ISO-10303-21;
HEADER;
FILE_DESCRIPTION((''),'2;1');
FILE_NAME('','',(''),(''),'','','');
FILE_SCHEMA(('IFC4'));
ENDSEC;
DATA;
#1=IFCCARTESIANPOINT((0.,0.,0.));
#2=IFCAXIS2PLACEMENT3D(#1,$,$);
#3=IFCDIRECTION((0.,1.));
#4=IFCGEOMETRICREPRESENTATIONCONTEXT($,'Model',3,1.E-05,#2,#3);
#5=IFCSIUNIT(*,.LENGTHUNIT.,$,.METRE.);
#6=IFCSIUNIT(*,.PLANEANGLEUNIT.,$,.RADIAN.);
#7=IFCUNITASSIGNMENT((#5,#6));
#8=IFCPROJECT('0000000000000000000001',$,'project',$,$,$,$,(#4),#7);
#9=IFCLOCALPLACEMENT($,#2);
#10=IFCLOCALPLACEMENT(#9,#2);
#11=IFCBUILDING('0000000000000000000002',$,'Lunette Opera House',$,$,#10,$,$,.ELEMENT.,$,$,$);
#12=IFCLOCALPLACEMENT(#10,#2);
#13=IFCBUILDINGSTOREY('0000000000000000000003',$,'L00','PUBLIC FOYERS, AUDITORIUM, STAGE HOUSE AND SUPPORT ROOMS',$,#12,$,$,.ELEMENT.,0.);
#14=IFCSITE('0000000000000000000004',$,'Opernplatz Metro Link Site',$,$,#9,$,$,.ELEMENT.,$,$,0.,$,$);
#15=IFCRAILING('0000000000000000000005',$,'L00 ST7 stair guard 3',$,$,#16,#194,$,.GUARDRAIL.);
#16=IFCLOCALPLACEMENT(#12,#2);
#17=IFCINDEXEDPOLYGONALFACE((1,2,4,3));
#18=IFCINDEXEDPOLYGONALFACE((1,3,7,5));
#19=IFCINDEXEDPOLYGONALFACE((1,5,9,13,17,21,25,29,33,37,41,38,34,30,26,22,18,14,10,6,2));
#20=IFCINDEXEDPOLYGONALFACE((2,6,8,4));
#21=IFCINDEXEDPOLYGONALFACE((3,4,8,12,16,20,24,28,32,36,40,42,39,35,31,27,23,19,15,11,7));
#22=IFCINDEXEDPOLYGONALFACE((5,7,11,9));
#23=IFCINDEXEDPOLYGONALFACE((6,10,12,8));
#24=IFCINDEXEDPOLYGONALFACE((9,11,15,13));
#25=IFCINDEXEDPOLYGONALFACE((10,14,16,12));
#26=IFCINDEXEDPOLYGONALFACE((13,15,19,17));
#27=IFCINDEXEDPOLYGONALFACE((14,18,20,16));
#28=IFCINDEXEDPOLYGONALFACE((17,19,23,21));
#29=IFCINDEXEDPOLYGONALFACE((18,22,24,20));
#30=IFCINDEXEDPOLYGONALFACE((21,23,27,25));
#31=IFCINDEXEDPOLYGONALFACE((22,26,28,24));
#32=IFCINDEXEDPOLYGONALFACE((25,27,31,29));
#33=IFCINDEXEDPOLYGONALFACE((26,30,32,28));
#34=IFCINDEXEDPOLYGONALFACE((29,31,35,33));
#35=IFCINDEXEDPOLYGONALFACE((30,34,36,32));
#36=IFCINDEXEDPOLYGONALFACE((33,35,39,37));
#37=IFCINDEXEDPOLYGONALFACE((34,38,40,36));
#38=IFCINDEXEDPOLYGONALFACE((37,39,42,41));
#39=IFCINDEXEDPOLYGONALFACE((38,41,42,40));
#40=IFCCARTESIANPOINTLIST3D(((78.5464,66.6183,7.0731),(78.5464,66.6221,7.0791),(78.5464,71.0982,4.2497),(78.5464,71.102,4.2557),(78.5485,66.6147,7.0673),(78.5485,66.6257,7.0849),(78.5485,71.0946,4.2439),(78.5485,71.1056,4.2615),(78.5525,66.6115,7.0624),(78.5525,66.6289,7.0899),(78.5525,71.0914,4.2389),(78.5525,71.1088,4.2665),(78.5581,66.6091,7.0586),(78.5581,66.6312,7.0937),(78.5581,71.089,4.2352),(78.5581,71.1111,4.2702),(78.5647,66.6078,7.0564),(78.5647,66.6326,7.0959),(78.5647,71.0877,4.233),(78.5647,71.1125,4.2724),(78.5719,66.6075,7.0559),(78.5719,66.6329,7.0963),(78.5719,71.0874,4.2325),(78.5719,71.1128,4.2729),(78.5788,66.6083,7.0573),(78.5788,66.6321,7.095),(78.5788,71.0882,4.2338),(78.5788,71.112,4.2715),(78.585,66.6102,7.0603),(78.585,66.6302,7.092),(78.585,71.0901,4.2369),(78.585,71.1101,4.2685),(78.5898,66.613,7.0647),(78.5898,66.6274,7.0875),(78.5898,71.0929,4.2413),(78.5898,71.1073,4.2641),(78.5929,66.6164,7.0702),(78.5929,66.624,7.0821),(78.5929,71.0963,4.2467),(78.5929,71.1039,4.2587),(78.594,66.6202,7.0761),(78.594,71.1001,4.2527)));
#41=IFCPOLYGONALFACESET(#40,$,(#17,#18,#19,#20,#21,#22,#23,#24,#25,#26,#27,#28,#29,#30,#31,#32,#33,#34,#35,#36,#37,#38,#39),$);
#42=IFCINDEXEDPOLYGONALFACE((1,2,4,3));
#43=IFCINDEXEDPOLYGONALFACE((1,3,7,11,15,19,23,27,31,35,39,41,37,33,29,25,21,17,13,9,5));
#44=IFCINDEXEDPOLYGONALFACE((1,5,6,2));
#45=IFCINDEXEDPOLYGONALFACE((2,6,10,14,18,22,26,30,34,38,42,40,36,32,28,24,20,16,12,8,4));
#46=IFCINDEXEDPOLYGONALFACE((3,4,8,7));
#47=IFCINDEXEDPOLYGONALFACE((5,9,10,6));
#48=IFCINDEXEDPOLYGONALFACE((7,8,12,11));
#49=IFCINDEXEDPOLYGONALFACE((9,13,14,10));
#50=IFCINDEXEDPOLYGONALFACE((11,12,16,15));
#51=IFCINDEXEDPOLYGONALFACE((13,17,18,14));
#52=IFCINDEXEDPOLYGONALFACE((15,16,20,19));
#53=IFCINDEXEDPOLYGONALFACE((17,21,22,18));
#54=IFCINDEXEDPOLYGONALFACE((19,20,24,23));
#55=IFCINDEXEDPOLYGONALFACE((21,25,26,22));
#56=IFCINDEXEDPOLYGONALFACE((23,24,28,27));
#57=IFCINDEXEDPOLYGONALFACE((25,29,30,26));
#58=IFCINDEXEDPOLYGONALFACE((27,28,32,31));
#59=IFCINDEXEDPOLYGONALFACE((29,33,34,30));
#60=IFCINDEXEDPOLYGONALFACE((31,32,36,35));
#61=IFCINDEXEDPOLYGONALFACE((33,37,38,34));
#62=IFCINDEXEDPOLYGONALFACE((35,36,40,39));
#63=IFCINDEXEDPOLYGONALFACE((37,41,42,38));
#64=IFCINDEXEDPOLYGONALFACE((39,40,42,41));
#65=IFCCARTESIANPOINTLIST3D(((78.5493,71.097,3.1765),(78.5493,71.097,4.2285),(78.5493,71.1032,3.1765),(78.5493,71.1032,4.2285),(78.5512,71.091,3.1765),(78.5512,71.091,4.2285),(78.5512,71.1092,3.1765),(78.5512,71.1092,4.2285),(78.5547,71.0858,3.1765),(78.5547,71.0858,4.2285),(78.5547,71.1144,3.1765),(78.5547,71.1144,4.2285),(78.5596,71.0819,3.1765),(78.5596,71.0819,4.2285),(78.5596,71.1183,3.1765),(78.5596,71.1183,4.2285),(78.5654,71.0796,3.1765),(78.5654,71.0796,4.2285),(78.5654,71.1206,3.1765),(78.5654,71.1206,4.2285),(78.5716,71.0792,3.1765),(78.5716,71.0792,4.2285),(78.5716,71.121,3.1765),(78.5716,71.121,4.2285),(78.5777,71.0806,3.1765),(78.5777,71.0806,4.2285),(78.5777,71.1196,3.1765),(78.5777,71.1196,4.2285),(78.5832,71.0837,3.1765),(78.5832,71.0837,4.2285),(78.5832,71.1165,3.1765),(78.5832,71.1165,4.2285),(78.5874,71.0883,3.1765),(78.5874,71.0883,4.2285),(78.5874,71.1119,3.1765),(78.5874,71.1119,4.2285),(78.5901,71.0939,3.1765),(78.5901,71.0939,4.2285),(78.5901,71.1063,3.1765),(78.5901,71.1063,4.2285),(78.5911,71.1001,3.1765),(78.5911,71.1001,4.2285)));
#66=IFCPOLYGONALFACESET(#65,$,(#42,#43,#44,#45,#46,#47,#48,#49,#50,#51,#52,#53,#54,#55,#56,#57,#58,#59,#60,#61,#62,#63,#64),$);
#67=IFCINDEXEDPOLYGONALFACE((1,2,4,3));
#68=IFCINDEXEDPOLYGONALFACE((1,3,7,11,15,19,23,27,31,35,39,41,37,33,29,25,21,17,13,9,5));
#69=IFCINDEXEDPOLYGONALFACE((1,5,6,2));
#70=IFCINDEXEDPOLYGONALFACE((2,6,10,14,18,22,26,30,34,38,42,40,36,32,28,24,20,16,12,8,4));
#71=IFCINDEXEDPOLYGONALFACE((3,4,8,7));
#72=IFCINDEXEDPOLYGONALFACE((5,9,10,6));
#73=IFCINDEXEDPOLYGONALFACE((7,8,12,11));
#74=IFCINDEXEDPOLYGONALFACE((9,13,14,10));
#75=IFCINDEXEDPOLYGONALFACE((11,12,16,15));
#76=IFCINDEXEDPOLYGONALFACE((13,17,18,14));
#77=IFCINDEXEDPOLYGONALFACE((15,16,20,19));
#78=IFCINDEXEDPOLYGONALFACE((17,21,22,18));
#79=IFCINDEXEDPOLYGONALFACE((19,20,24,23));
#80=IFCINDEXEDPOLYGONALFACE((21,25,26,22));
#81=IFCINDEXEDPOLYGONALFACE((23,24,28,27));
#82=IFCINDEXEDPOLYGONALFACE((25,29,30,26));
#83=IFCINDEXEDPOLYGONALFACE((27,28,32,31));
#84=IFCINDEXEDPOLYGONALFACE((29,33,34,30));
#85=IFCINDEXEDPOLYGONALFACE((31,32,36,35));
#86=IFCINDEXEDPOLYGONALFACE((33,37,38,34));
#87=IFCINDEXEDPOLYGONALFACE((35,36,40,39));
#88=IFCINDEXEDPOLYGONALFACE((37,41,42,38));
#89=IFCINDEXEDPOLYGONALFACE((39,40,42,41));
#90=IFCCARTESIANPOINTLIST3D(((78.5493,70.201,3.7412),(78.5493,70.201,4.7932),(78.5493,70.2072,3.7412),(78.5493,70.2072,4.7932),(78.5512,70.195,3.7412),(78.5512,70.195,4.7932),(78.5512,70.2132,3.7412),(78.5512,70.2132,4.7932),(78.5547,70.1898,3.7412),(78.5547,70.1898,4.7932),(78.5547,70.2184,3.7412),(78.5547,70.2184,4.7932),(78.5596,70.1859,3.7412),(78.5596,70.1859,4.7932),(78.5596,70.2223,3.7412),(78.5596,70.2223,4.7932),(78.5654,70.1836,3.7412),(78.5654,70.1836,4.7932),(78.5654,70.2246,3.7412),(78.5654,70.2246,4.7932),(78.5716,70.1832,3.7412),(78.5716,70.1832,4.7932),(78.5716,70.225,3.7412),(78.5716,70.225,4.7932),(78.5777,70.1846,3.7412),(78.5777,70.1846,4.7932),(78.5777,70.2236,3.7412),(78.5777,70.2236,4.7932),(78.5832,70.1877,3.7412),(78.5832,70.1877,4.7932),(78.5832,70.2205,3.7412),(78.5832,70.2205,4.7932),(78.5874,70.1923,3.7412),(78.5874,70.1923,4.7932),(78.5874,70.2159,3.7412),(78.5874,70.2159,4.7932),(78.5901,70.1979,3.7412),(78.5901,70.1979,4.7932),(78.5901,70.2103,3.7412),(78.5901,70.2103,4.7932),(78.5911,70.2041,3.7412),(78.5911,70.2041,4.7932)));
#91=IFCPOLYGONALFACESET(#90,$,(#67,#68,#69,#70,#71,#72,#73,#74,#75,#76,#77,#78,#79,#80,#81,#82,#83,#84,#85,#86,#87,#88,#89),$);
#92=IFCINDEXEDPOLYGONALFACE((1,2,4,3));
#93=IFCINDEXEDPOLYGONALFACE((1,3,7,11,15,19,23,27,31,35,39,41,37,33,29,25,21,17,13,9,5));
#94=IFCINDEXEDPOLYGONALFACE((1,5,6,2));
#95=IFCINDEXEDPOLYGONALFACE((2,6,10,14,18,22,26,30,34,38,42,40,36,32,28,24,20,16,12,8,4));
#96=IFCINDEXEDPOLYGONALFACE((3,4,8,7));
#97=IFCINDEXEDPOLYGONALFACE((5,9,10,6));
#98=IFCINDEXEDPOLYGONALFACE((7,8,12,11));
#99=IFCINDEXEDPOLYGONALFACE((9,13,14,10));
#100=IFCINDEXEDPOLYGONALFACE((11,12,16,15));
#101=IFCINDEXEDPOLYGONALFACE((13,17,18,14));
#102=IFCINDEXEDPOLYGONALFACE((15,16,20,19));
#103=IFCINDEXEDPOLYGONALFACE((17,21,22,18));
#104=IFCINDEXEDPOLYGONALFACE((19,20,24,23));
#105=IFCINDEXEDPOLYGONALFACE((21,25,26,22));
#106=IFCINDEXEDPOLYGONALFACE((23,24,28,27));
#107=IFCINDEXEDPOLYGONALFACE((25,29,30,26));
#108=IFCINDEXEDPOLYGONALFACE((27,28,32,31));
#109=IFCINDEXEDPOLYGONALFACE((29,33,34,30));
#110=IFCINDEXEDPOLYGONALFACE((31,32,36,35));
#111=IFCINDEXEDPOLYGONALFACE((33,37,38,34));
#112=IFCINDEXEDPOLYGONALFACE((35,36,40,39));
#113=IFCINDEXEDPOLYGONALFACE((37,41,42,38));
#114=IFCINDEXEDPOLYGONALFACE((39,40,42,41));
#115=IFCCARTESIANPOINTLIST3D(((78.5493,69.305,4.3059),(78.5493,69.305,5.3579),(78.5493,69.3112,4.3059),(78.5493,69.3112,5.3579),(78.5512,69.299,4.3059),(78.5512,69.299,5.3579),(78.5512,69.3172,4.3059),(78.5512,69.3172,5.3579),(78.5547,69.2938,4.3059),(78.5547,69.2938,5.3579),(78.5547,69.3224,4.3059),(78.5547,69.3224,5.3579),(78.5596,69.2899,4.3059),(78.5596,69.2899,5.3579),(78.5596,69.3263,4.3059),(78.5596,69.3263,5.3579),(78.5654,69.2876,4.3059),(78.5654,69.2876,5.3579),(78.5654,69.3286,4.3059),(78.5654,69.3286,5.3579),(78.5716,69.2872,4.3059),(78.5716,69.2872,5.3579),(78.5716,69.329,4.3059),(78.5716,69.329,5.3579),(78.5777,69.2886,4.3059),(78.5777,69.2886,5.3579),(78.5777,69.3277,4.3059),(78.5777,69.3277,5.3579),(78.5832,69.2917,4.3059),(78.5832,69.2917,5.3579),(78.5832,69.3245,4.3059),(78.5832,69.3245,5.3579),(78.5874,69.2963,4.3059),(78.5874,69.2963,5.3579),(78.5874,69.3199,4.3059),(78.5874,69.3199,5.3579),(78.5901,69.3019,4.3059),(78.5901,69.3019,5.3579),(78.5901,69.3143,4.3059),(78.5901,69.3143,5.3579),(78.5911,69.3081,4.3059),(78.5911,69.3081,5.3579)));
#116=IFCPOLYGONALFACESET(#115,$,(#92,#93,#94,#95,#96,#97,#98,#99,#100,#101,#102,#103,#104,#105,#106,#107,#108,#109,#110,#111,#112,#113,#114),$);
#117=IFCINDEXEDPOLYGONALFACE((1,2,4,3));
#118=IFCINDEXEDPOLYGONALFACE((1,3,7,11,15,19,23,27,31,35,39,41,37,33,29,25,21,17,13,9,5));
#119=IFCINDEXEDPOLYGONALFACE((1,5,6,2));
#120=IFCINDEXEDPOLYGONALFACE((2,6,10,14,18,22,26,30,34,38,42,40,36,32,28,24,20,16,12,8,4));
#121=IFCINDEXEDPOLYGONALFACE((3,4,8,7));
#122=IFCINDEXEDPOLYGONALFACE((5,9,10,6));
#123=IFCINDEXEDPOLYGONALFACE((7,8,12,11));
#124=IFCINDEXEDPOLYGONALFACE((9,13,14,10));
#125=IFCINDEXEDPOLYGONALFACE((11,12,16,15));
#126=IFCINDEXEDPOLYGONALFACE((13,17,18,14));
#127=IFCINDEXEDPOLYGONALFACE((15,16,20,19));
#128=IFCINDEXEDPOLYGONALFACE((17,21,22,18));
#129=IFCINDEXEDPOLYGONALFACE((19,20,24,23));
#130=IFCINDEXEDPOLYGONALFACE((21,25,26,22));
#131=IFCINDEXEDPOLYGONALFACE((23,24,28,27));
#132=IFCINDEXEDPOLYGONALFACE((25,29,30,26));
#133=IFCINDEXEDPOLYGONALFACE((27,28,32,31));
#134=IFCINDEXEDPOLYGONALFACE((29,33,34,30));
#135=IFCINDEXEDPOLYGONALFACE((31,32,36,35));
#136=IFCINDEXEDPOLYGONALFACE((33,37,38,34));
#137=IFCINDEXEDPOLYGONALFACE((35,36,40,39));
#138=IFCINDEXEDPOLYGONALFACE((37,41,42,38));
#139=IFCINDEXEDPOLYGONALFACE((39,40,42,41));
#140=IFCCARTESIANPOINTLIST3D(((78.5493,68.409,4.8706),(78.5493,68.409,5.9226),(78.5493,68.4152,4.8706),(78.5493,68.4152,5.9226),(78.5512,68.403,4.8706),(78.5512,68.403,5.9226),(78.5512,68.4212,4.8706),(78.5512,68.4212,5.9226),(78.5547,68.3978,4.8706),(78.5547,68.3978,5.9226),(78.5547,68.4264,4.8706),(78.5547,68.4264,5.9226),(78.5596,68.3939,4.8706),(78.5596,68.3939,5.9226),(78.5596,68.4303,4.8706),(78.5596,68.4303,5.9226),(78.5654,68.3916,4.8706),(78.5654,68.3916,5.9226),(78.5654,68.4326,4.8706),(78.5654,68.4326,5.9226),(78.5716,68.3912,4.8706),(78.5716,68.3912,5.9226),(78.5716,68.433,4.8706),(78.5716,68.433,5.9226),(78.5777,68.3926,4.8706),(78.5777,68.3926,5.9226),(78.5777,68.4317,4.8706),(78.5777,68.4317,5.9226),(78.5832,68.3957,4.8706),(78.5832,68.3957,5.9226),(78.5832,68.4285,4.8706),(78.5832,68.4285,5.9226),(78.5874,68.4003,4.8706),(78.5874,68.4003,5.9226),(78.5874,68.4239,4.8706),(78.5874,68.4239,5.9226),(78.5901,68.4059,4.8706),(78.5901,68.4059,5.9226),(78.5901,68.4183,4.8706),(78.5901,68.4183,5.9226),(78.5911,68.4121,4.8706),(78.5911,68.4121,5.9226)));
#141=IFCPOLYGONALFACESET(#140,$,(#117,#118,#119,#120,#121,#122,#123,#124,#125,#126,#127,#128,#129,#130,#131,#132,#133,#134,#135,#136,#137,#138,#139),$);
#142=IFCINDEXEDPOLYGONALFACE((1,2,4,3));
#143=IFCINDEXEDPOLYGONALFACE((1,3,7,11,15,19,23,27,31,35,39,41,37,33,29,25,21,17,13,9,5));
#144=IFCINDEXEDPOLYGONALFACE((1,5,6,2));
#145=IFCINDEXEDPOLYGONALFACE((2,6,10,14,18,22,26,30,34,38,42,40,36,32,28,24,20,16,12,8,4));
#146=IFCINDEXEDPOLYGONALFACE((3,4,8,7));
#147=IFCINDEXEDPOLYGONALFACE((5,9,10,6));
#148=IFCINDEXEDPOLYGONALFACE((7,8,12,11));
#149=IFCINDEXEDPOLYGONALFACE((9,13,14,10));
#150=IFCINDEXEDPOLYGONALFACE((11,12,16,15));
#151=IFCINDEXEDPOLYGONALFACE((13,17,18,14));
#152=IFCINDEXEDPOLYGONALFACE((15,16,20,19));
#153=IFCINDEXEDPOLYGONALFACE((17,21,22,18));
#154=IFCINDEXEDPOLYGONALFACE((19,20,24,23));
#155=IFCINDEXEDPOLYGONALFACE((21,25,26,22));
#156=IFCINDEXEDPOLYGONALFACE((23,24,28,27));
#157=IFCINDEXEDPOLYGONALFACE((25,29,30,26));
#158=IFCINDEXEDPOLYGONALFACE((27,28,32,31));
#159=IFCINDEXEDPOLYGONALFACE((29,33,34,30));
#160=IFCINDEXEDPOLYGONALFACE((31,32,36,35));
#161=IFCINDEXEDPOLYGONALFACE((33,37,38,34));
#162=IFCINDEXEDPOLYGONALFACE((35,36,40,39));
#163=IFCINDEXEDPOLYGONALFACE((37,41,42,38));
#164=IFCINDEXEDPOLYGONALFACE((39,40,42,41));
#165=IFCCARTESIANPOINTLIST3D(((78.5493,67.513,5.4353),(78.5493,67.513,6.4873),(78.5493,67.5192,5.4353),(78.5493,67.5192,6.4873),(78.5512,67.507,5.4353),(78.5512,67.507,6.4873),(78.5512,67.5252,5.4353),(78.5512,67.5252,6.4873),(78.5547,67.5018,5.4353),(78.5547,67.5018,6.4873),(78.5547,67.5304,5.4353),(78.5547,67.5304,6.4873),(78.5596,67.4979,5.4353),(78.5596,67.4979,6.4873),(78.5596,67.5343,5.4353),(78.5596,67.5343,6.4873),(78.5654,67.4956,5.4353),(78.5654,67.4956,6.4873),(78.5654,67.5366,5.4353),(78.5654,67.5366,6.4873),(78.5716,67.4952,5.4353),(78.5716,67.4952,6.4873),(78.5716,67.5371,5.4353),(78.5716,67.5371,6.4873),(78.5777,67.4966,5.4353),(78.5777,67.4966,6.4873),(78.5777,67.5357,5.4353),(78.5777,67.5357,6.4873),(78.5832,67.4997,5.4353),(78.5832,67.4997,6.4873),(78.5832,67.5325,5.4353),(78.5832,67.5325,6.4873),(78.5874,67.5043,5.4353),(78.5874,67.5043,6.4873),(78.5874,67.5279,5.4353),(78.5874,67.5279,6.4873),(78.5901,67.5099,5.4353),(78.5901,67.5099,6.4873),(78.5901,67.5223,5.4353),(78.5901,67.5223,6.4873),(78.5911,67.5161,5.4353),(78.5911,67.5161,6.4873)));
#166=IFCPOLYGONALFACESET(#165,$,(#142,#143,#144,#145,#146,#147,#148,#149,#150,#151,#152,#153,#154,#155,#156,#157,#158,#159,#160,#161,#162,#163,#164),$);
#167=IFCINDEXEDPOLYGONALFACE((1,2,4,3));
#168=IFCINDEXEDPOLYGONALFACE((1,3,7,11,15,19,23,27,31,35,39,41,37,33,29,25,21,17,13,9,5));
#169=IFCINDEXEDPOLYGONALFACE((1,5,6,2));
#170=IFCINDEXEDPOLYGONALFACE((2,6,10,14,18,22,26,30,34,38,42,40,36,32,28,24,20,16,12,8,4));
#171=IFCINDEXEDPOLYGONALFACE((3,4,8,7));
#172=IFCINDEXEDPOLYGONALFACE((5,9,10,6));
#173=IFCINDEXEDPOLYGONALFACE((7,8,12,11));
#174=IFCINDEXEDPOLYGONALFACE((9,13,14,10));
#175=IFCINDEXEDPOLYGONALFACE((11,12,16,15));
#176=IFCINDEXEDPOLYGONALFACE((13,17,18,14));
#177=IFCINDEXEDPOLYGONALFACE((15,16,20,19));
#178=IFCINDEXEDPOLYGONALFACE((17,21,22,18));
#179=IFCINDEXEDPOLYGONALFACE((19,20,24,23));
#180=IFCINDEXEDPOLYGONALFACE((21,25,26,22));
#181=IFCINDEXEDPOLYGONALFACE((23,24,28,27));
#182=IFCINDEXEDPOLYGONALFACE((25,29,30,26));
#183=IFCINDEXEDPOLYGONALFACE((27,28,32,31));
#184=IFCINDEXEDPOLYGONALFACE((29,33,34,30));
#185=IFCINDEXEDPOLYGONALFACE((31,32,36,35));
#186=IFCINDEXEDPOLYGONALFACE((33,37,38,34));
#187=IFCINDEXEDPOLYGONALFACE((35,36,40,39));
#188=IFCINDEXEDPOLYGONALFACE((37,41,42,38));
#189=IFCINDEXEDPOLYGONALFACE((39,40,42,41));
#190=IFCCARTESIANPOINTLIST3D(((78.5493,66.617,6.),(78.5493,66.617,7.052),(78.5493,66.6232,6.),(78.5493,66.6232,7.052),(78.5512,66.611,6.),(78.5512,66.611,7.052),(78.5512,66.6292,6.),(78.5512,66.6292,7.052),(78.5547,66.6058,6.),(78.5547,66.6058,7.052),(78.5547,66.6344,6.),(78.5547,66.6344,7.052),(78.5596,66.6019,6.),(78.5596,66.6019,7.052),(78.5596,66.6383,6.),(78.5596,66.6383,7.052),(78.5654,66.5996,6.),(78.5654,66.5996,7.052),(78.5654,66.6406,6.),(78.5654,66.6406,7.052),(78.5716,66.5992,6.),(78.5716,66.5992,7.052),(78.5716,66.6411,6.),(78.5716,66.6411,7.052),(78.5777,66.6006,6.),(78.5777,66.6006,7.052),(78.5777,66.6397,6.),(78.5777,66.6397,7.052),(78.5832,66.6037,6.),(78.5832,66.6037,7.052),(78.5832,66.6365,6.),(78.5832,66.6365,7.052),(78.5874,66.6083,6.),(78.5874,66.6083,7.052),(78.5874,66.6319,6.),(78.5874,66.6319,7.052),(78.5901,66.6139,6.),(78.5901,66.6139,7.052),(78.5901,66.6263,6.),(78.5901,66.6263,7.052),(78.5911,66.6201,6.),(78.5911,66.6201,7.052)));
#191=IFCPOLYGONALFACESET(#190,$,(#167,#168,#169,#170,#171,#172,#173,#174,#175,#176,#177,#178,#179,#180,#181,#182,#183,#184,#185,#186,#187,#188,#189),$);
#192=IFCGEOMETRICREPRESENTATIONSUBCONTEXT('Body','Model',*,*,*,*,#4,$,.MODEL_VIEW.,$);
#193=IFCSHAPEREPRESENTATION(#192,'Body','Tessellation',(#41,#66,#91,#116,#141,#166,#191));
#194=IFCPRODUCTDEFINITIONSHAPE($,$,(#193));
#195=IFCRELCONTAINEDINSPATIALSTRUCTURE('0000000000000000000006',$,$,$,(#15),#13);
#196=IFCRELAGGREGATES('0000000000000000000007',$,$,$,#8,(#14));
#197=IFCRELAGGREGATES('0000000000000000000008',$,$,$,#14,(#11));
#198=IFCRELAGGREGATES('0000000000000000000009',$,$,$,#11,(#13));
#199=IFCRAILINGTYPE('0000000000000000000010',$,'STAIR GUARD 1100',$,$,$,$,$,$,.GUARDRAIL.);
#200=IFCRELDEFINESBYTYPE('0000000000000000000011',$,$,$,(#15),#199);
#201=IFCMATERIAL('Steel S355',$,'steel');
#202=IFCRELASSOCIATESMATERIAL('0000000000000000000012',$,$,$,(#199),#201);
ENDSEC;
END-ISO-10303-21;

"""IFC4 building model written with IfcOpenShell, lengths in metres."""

from ifc_helpers import new_model, si_unit, direction, frame, origin, origin_2d, place, context, subcontext, project, spatial, circle, extrude, material, type_object, element, save


model = new_model("IFC4")

# Units and contexts
model_context = context("Model", 3, precision=1e-05, world=origin(), true_north=direction((0.0, 1.0)))
body_context = subcontext(model_context, "Body", "Model", "MODEL_VIEW")
ifc_project = project(units=[si_unit("LENGTHUNIT", "METRE"), si_unit("PLANEANGLEUNIT", "RADIAN")], contexts=[model_context])

# Site, building, storey
site_placement = place(None, origin())
site = spatial("IfcSite", under=ifc_project, at=site_placement, Name="Opernplatz Metro Link Site", CompositionType="ELEMENT", RefElevation=0.0)
building_placement = place(site_placement, origin())
building = spatial("IfcBuilding", under=site, at=building_placement, Name="Lunette Opera House", CompositionType="ELEMENT")
storey_placement = place(building_placement, origin())
storey = spatial("IfcBuildingStorey", under=building, at=storey_placement, Name="L00", Description="PUBLIC FOYERS, AUDITORIUM, STAGE HOUSE AND SUPPORT ROOMS", CompositionType="ELEMENT", Elevation=0.0)

# Railing
ifc_material_1 = material(Name="Steel S355", Category="steel")
railing_type_1 = type_object("IfcRailingType", Name="STAIR GUARD 1100", PredefinedType="GUARDRAIL", material=ifc_material_1)
railing_1_placement = place(storey_placement, frame((78.5701, 71.1001, 3.1765)))
element("IfcRailing", 1, at=railing_1_placement, inside=storey, type_object=railing_type_1, Name="L00 ST7 stair guard 3", PredefinedType="GUARDRAIL", context=body_context, shape_type="SweptSolid", body=[
    extrude(circle(Radius=0.0239, at=origin_2d()), frame((0.0, 0.0, 1.0762), z_axis=(0.0, -0.845998, 0.533186), x_axis=(1.0, 0.0, 0.0)), (0.0, 0.0, 1.0), 5.2954),
    extrude(circle(Radius=0.021, at=origin_2d()), origin(), (0.0, 0.0, 1.0), 1.052),
    extrude(circle(Radius=0.021, at=origin_2d()), frame((0.0, -0.896, 0.5647)), (0.0, 0.0, 1.0), 1.052),
    extrude(circle(Radius=0.021, at=origin_2d()), frame((0.0, -1.792, 1.1294)), (0.0, 0.0, 1.0), 1.052),
    extrude(circle(Radius=0.021, at=origin_2d()), frame((0.0, -2.688, 1.6941)), (0.0, 0.0, 1.0), 1.052),
    extrude(circle(Radius=0.021, at=origin_2d()), frame((0.0, -3.584, 2.2588)), (0.0, 0.0, 1.0), 1.052),
    extrude(circle(Radius=0.021, at=origin_2d()), frame((0.0, -4.48, 2.8235)), (0.0, 0.0, 1.0), 1.052),
])

save(model, "model.ifc")
